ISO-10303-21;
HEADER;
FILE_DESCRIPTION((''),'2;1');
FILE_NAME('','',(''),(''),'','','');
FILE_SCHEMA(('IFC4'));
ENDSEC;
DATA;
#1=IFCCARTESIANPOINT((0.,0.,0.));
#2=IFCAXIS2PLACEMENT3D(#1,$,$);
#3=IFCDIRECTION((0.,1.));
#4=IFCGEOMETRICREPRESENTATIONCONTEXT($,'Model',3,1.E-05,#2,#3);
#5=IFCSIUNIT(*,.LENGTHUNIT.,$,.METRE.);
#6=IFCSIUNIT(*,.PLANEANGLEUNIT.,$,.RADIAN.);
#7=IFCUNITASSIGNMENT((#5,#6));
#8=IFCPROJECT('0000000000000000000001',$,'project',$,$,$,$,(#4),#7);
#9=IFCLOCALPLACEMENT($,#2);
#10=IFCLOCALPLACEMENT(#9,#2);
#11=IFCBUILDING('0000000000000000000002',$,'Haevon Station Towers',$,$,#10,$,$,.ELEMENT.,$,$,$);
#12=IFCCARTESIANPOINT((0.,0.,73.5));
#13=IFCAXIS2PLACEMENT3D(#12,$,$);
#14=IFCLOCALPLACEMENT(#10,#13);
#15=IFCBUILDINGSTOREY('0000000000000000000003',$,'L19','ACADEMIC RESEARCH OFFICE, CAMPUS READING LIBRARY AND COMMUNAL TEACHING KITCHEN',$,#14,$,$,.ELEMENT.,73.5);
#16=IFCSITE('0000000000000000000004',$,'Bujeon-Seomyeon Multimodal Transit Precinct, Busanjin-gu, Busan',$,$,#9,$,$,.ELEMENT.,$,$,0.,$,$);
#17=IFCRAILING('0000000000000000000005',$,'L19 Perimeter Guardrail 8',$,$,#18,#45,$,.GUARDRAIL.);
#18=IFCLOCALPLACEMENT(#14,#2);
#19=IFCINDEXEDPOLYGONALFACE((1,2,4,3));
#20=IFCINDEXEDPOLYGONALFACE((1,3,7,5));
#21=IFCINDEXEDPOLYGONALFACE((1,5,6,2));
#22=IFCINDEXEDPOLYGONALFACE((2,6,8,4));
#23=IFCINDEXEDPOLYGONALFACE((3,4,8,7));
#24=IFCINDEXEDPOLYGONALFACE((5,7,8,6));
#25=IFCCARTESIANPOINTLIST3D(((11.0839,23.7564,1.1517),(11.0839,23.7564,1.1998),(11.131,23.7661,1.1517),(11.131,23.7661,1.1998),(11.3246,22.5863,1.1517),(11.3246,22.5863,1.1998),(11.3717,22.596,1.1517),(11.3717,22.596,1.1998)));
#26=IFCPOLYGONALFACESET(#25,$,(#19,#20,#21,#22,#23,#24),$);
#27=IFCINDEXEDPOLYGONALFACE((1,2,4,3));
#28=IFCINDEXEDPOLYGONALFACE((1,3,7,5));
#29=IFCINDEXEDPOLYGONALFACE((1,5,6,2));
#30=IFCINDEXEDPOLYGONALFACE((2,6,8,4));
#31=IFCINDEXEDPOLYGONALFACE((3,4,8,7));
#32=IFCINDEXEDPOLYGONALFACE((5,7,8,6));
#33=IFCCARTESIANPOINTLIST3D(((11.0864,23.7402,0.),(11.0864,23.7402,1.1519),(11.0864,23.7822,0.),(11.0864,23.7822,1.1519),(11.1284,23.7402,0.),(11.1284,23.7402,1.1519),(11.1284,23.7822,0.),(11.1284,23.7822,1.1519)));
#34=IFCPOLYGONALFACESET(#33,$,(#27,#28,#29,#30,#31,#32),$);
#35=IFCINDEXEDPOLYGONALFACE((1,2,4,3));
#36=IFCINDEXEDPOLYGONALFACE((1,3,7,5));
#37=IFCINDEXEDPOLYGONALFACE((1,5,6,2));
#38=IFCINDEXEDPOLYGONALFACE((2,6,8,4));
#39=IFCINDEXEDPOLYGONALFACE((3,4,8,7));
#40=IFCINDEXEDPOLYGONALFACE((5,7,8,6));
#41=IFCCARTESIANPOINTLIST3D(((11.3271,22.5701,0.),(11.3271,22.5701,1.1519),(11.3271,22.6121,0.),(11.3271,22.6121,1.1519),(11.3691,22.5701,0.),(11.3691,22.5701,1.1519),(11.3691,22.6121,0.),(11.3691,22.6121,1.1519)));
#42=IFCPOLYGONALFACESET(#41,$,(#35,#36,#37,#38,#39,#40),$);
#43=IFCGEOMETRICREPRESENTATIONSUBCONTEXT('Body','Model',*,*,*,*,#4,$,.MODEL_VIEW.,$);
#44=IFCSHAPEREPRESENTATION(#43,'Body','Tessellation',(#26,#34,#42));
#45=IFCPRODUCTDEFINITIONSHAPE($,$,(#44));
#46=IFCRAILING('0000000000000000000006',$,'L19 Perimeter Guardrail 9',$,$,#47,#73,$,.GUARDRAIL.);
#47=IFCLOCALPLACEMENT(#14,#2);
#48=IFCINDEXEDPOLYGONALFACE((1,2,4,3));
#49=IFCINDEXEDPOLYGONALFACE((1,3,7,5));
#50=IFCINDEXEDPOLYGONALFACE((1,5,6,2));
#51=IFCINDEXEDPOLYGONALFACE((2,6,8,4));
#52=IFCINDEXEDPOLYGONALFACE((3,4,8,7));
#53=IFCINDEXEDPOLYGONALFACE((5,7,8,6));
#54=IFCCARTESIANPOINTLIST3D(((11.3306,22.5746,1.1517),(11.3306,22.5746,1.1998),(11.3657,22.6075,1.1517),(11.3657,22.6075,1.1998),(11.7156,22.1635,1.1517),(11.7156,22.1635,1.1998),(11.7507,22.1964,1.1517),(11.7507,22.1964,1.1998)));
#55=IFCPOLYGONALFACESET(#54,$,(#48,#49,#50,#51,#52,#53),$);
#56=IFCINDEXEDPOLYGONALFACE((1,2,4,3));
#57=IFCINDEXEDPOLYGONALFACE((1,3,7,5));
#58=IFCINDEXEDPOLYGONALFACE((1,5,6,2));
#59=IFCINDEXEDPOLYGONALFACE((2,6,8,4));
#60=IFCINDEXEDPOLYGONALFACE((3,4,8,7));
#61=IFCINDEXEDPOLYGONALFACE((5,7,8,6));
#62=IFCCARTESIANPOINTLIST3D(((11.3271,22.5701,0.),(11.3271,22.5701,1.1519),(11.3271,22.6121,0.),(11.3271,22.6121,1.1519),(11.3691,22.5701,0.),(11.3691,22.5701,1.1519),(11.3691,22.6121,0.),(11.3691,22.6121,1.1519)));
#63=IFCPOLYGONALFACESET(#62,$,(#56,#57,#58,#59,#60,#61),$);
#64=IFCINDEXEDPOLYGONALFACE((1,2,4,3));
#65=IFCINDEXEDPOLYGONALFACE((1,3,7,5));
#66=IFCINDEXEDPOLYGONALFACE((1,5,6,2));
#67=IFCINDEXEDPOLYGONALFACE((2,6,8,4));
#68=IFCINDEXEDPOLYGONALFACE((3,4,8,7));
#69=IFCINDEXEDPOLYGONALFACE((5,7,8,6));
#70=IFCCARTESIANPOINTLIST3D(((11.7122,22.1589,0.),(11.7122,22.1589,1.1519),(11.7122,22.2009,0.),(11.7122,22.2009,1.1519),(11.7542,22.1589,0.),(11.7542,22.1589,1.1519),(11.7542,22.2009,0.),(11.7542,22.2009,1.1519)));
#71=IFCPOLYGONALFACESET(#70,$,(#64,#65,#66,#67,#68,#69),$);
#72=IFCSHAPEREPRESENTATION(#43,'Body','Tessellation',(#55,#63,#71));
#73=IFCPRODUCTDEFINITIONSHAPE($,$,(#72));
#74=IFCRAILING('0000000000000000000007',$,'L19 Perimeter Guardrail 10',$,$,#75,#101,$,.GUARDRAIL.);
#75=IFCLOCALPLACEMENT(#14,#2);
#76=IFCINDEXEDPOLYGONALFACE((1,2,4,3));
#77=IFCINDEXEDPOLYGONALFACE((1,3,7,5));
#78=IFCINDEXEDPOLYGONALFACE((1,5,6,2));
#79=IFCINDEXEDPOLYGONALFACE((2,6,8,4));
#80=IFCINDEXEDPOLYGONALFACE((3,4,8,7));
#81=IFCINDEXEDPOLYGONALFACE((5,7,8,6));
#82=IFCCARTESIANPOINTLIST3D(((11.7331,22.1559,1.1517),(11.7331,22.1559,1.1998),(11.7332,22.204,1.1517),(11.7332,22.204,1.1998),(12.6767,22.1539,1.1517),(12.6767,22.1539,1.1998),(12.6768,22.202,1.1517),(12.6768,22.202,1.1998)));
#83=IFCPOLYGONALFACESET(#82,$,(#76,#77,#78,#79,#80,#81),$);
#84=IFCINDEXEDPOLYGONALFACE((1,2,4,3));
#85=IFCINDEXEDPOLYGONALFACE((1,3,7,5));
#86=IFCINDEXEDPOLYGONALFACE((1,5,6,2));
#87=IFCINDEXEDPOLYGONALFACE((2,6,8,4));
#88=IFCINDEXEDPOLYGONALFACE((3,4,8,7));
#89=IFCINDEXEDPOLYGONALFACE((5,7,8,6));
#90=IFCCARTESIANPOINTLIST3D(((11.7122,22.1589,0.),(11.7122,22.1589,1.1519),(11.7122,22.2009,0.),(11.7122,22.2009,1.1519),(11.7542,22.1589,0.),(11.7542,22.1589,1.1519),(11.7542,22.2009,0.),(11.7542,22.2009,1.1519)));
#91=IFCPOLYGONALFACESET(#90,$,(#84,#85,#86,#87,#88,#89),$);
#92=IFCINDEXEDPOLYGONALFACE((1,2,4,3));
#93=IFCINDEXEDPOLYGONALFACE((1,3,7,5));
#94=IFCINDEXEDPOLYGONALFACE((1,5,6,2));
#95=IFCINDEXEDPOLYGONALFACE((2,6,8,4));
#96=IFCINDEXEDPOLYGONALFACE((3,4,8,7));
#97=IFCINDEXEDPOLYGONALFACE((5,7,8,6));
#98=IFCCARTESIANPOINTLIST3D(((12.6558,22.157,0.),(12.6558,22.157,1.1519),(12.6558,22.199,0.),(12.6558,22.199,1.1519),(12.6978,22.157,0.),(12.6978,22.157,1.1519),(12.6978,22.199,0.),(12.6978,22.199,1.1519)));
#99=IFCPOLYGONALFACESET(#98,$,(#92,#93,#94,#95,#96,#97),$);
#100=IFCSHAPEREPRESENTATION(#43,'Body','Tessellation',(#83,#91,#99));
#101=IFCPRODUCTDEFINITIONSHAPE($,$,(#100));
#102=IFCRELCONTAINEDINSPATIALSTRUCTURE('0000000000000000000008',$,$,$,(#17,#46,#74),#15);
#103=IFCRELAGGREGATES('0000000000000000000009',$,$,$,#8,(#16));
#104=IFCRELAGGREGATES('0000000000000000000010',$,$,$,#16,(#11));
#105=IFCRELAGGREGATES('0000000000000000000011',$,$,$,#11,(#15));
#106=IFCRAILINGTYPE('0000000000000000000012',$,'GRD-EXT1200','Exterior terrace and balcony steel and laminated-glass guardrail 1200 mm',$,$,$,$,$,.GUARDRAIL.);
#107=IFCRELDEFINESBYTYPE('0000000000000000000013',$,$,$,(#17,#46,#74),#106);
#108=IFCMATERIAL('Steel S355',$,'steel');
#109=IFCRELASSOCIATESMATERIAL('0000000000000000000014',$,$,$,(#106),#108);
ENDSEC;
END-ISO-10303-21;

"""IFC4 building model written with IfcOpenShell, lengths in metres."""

from ifc_helpers import new_model, si_unit, direction, frame, origin, origin_2d, place, context, subcontext, project, spatial, rectangle, extrude, material, type_object, element, save


model = new_model("IFC4")

# Units and contexts
model_context = context("Model", 3, precision=1e-05, world=origin(), true_north=direction((0.0, 1.0)))
body_context = subcontext(model_context, "Body", "Model", "MODEL_VIEW")
ifc_project = project(units=[si_unit("LENGTHUNIT", "METRE"), si_unit("PLANEANGLEUNIT", "RADIAN")], contexts=[model_context])

# Site, building, storey
site_placement = place(None, origin())
site = spatial("IfcSite", under=ifc_project, at=site_placement, Name="Bujeon-Seomyeon Multimodal Transit Precinct, Busanjin-gu, Busan", CompositionType="ELEMENT", RefElevation=0.0)
building_placement = place(site_placement, origin())
building = spatial("IfcBuilding", under=site, at=building_placement, Name="Haevon Station Towers", CompositionType="ELEMENT")
storey_placement = place(building_placement, frame((0.0, 0.0, 73.5)))
storey = spatial("IfcBuildingStorey", under=building, at=storey_placement, Name="L19", Description="ACADEMIC RESEARCH OFFICE, CAMPUS READING LIBRARY AND COMMUNAL TEACHING KITCHEN", CompositionType="ELEMENT", Elevation=73.5)

# Shared definitions
ifc_material_1 = material(Name="Steel S355", Category="steel")

# Railings
railing_type = type_object("IfcRailingType", Name="GRD-EXT1200", Description="Exterior terrace and balcony steel and laminated-glass guardrail 1200 mm", PredefinedType="GUARDRAIL", material=ifc_material_1)
railing_1_placement = place(storey_placement, frame((11.1074, 23.7612, 0.0)))
element("IfcRailing", 1, at=railing_1_placement, inside=storey, type_object=railing_type, Name="L19 Perimeter Guardrail 8", PredefinedType="GUARDRAIL", context=body_context, shape_type="SweptSolid", body=[
    extrude(rectangle(XDim=0.0481, YDim=0.0481, at=origin_2d()), frame((0.0, 0.0, 1.1758), z_axis=(0.201497, -0.979489, 0.0), x_axis=(0.979489, 0.201497, 0.0)), (0.0, 0.0, 1.0), 1.1946),
    extrude(rectangle(XDim=0.042, YDim=0.042, at=origin_2d()), origin(), (0.0, 0.0, 1.0), 1.1519),
    extrude(rectangle(XDim=0.042, YDim=0.042, at=origin_2d()), frame((0.2407, -1.1702, 0.0)), (0.0, 0.0, 1.0), 1.1519),
])
railing_2_placement = place(storey_placement, frame((11.3481, 22.5911, 0.0)))
element("IfcRailing", 2, at=railing_2_placement, inside=storey, type_object=railing_type, Name="L19 Perimeter Guardrail 9", PredefinedType="GUARDRAIL", context=body_context, shape_type="SweptSolid", body=[
    extrude(rectangle(XDim=0.0481, YDim=0.0481, at=origin_2d()), frame((0.0, 0.0, 1.1758), z_axis=(0.683537, -0.729916, 0.0), x_axis=(0.729916, 0.683537, 0.0)), (0.0, 0.0, 1.0), 0.5632),
    extrude(rectangle(XDim=0.042, YDim=0.042, at=origin_2d()), origin(), (0.0, 0.0, 1.0), 1.1519),
    extrude(rectangle(XDim=0.042, YDim=0.042, at=origin_2d()), frame((0.385, -0.4111, 0.0)), (0.0, 0.0, 1.0), 1.1519),
])
railing_3_placement = place(storey_placement, frame((11.7332, 22.1799, 0.0)))
element("IfcRailing", 3, at=railing_3_placement, inside=storey, type_object=railing_type, Name="L19 Perimeter Guardrail 10", PredefinedType="GUARDRAIL", context=body_context, shape_type="SweptSolid", body=[
    extrude(rectangle(XDim=0.0481, YDim=0.0481, at=origin_2d()), frame((0.0, 0.0, 1.1758), z_axis=(0.999998, -0.00207, 0.0), x_axis=(0.00207, 0.999998, 0.0)), (0.0, 0.0, 1.0), 0.9436),
    extrude(rectangle(XDim=0.042, YDim=0.042, at=origin_2d()), origin(), (0.0, 0.0, 1.0), 1.1519),
    extrude(rectangle(XDim=0.042, YDim=0.042, at=origin_2d()), frame((0.9436, -0.002, 0.0)), (0.0, 0.0, 1.0), 1.1519),
])

save(model, "model.ifc")
